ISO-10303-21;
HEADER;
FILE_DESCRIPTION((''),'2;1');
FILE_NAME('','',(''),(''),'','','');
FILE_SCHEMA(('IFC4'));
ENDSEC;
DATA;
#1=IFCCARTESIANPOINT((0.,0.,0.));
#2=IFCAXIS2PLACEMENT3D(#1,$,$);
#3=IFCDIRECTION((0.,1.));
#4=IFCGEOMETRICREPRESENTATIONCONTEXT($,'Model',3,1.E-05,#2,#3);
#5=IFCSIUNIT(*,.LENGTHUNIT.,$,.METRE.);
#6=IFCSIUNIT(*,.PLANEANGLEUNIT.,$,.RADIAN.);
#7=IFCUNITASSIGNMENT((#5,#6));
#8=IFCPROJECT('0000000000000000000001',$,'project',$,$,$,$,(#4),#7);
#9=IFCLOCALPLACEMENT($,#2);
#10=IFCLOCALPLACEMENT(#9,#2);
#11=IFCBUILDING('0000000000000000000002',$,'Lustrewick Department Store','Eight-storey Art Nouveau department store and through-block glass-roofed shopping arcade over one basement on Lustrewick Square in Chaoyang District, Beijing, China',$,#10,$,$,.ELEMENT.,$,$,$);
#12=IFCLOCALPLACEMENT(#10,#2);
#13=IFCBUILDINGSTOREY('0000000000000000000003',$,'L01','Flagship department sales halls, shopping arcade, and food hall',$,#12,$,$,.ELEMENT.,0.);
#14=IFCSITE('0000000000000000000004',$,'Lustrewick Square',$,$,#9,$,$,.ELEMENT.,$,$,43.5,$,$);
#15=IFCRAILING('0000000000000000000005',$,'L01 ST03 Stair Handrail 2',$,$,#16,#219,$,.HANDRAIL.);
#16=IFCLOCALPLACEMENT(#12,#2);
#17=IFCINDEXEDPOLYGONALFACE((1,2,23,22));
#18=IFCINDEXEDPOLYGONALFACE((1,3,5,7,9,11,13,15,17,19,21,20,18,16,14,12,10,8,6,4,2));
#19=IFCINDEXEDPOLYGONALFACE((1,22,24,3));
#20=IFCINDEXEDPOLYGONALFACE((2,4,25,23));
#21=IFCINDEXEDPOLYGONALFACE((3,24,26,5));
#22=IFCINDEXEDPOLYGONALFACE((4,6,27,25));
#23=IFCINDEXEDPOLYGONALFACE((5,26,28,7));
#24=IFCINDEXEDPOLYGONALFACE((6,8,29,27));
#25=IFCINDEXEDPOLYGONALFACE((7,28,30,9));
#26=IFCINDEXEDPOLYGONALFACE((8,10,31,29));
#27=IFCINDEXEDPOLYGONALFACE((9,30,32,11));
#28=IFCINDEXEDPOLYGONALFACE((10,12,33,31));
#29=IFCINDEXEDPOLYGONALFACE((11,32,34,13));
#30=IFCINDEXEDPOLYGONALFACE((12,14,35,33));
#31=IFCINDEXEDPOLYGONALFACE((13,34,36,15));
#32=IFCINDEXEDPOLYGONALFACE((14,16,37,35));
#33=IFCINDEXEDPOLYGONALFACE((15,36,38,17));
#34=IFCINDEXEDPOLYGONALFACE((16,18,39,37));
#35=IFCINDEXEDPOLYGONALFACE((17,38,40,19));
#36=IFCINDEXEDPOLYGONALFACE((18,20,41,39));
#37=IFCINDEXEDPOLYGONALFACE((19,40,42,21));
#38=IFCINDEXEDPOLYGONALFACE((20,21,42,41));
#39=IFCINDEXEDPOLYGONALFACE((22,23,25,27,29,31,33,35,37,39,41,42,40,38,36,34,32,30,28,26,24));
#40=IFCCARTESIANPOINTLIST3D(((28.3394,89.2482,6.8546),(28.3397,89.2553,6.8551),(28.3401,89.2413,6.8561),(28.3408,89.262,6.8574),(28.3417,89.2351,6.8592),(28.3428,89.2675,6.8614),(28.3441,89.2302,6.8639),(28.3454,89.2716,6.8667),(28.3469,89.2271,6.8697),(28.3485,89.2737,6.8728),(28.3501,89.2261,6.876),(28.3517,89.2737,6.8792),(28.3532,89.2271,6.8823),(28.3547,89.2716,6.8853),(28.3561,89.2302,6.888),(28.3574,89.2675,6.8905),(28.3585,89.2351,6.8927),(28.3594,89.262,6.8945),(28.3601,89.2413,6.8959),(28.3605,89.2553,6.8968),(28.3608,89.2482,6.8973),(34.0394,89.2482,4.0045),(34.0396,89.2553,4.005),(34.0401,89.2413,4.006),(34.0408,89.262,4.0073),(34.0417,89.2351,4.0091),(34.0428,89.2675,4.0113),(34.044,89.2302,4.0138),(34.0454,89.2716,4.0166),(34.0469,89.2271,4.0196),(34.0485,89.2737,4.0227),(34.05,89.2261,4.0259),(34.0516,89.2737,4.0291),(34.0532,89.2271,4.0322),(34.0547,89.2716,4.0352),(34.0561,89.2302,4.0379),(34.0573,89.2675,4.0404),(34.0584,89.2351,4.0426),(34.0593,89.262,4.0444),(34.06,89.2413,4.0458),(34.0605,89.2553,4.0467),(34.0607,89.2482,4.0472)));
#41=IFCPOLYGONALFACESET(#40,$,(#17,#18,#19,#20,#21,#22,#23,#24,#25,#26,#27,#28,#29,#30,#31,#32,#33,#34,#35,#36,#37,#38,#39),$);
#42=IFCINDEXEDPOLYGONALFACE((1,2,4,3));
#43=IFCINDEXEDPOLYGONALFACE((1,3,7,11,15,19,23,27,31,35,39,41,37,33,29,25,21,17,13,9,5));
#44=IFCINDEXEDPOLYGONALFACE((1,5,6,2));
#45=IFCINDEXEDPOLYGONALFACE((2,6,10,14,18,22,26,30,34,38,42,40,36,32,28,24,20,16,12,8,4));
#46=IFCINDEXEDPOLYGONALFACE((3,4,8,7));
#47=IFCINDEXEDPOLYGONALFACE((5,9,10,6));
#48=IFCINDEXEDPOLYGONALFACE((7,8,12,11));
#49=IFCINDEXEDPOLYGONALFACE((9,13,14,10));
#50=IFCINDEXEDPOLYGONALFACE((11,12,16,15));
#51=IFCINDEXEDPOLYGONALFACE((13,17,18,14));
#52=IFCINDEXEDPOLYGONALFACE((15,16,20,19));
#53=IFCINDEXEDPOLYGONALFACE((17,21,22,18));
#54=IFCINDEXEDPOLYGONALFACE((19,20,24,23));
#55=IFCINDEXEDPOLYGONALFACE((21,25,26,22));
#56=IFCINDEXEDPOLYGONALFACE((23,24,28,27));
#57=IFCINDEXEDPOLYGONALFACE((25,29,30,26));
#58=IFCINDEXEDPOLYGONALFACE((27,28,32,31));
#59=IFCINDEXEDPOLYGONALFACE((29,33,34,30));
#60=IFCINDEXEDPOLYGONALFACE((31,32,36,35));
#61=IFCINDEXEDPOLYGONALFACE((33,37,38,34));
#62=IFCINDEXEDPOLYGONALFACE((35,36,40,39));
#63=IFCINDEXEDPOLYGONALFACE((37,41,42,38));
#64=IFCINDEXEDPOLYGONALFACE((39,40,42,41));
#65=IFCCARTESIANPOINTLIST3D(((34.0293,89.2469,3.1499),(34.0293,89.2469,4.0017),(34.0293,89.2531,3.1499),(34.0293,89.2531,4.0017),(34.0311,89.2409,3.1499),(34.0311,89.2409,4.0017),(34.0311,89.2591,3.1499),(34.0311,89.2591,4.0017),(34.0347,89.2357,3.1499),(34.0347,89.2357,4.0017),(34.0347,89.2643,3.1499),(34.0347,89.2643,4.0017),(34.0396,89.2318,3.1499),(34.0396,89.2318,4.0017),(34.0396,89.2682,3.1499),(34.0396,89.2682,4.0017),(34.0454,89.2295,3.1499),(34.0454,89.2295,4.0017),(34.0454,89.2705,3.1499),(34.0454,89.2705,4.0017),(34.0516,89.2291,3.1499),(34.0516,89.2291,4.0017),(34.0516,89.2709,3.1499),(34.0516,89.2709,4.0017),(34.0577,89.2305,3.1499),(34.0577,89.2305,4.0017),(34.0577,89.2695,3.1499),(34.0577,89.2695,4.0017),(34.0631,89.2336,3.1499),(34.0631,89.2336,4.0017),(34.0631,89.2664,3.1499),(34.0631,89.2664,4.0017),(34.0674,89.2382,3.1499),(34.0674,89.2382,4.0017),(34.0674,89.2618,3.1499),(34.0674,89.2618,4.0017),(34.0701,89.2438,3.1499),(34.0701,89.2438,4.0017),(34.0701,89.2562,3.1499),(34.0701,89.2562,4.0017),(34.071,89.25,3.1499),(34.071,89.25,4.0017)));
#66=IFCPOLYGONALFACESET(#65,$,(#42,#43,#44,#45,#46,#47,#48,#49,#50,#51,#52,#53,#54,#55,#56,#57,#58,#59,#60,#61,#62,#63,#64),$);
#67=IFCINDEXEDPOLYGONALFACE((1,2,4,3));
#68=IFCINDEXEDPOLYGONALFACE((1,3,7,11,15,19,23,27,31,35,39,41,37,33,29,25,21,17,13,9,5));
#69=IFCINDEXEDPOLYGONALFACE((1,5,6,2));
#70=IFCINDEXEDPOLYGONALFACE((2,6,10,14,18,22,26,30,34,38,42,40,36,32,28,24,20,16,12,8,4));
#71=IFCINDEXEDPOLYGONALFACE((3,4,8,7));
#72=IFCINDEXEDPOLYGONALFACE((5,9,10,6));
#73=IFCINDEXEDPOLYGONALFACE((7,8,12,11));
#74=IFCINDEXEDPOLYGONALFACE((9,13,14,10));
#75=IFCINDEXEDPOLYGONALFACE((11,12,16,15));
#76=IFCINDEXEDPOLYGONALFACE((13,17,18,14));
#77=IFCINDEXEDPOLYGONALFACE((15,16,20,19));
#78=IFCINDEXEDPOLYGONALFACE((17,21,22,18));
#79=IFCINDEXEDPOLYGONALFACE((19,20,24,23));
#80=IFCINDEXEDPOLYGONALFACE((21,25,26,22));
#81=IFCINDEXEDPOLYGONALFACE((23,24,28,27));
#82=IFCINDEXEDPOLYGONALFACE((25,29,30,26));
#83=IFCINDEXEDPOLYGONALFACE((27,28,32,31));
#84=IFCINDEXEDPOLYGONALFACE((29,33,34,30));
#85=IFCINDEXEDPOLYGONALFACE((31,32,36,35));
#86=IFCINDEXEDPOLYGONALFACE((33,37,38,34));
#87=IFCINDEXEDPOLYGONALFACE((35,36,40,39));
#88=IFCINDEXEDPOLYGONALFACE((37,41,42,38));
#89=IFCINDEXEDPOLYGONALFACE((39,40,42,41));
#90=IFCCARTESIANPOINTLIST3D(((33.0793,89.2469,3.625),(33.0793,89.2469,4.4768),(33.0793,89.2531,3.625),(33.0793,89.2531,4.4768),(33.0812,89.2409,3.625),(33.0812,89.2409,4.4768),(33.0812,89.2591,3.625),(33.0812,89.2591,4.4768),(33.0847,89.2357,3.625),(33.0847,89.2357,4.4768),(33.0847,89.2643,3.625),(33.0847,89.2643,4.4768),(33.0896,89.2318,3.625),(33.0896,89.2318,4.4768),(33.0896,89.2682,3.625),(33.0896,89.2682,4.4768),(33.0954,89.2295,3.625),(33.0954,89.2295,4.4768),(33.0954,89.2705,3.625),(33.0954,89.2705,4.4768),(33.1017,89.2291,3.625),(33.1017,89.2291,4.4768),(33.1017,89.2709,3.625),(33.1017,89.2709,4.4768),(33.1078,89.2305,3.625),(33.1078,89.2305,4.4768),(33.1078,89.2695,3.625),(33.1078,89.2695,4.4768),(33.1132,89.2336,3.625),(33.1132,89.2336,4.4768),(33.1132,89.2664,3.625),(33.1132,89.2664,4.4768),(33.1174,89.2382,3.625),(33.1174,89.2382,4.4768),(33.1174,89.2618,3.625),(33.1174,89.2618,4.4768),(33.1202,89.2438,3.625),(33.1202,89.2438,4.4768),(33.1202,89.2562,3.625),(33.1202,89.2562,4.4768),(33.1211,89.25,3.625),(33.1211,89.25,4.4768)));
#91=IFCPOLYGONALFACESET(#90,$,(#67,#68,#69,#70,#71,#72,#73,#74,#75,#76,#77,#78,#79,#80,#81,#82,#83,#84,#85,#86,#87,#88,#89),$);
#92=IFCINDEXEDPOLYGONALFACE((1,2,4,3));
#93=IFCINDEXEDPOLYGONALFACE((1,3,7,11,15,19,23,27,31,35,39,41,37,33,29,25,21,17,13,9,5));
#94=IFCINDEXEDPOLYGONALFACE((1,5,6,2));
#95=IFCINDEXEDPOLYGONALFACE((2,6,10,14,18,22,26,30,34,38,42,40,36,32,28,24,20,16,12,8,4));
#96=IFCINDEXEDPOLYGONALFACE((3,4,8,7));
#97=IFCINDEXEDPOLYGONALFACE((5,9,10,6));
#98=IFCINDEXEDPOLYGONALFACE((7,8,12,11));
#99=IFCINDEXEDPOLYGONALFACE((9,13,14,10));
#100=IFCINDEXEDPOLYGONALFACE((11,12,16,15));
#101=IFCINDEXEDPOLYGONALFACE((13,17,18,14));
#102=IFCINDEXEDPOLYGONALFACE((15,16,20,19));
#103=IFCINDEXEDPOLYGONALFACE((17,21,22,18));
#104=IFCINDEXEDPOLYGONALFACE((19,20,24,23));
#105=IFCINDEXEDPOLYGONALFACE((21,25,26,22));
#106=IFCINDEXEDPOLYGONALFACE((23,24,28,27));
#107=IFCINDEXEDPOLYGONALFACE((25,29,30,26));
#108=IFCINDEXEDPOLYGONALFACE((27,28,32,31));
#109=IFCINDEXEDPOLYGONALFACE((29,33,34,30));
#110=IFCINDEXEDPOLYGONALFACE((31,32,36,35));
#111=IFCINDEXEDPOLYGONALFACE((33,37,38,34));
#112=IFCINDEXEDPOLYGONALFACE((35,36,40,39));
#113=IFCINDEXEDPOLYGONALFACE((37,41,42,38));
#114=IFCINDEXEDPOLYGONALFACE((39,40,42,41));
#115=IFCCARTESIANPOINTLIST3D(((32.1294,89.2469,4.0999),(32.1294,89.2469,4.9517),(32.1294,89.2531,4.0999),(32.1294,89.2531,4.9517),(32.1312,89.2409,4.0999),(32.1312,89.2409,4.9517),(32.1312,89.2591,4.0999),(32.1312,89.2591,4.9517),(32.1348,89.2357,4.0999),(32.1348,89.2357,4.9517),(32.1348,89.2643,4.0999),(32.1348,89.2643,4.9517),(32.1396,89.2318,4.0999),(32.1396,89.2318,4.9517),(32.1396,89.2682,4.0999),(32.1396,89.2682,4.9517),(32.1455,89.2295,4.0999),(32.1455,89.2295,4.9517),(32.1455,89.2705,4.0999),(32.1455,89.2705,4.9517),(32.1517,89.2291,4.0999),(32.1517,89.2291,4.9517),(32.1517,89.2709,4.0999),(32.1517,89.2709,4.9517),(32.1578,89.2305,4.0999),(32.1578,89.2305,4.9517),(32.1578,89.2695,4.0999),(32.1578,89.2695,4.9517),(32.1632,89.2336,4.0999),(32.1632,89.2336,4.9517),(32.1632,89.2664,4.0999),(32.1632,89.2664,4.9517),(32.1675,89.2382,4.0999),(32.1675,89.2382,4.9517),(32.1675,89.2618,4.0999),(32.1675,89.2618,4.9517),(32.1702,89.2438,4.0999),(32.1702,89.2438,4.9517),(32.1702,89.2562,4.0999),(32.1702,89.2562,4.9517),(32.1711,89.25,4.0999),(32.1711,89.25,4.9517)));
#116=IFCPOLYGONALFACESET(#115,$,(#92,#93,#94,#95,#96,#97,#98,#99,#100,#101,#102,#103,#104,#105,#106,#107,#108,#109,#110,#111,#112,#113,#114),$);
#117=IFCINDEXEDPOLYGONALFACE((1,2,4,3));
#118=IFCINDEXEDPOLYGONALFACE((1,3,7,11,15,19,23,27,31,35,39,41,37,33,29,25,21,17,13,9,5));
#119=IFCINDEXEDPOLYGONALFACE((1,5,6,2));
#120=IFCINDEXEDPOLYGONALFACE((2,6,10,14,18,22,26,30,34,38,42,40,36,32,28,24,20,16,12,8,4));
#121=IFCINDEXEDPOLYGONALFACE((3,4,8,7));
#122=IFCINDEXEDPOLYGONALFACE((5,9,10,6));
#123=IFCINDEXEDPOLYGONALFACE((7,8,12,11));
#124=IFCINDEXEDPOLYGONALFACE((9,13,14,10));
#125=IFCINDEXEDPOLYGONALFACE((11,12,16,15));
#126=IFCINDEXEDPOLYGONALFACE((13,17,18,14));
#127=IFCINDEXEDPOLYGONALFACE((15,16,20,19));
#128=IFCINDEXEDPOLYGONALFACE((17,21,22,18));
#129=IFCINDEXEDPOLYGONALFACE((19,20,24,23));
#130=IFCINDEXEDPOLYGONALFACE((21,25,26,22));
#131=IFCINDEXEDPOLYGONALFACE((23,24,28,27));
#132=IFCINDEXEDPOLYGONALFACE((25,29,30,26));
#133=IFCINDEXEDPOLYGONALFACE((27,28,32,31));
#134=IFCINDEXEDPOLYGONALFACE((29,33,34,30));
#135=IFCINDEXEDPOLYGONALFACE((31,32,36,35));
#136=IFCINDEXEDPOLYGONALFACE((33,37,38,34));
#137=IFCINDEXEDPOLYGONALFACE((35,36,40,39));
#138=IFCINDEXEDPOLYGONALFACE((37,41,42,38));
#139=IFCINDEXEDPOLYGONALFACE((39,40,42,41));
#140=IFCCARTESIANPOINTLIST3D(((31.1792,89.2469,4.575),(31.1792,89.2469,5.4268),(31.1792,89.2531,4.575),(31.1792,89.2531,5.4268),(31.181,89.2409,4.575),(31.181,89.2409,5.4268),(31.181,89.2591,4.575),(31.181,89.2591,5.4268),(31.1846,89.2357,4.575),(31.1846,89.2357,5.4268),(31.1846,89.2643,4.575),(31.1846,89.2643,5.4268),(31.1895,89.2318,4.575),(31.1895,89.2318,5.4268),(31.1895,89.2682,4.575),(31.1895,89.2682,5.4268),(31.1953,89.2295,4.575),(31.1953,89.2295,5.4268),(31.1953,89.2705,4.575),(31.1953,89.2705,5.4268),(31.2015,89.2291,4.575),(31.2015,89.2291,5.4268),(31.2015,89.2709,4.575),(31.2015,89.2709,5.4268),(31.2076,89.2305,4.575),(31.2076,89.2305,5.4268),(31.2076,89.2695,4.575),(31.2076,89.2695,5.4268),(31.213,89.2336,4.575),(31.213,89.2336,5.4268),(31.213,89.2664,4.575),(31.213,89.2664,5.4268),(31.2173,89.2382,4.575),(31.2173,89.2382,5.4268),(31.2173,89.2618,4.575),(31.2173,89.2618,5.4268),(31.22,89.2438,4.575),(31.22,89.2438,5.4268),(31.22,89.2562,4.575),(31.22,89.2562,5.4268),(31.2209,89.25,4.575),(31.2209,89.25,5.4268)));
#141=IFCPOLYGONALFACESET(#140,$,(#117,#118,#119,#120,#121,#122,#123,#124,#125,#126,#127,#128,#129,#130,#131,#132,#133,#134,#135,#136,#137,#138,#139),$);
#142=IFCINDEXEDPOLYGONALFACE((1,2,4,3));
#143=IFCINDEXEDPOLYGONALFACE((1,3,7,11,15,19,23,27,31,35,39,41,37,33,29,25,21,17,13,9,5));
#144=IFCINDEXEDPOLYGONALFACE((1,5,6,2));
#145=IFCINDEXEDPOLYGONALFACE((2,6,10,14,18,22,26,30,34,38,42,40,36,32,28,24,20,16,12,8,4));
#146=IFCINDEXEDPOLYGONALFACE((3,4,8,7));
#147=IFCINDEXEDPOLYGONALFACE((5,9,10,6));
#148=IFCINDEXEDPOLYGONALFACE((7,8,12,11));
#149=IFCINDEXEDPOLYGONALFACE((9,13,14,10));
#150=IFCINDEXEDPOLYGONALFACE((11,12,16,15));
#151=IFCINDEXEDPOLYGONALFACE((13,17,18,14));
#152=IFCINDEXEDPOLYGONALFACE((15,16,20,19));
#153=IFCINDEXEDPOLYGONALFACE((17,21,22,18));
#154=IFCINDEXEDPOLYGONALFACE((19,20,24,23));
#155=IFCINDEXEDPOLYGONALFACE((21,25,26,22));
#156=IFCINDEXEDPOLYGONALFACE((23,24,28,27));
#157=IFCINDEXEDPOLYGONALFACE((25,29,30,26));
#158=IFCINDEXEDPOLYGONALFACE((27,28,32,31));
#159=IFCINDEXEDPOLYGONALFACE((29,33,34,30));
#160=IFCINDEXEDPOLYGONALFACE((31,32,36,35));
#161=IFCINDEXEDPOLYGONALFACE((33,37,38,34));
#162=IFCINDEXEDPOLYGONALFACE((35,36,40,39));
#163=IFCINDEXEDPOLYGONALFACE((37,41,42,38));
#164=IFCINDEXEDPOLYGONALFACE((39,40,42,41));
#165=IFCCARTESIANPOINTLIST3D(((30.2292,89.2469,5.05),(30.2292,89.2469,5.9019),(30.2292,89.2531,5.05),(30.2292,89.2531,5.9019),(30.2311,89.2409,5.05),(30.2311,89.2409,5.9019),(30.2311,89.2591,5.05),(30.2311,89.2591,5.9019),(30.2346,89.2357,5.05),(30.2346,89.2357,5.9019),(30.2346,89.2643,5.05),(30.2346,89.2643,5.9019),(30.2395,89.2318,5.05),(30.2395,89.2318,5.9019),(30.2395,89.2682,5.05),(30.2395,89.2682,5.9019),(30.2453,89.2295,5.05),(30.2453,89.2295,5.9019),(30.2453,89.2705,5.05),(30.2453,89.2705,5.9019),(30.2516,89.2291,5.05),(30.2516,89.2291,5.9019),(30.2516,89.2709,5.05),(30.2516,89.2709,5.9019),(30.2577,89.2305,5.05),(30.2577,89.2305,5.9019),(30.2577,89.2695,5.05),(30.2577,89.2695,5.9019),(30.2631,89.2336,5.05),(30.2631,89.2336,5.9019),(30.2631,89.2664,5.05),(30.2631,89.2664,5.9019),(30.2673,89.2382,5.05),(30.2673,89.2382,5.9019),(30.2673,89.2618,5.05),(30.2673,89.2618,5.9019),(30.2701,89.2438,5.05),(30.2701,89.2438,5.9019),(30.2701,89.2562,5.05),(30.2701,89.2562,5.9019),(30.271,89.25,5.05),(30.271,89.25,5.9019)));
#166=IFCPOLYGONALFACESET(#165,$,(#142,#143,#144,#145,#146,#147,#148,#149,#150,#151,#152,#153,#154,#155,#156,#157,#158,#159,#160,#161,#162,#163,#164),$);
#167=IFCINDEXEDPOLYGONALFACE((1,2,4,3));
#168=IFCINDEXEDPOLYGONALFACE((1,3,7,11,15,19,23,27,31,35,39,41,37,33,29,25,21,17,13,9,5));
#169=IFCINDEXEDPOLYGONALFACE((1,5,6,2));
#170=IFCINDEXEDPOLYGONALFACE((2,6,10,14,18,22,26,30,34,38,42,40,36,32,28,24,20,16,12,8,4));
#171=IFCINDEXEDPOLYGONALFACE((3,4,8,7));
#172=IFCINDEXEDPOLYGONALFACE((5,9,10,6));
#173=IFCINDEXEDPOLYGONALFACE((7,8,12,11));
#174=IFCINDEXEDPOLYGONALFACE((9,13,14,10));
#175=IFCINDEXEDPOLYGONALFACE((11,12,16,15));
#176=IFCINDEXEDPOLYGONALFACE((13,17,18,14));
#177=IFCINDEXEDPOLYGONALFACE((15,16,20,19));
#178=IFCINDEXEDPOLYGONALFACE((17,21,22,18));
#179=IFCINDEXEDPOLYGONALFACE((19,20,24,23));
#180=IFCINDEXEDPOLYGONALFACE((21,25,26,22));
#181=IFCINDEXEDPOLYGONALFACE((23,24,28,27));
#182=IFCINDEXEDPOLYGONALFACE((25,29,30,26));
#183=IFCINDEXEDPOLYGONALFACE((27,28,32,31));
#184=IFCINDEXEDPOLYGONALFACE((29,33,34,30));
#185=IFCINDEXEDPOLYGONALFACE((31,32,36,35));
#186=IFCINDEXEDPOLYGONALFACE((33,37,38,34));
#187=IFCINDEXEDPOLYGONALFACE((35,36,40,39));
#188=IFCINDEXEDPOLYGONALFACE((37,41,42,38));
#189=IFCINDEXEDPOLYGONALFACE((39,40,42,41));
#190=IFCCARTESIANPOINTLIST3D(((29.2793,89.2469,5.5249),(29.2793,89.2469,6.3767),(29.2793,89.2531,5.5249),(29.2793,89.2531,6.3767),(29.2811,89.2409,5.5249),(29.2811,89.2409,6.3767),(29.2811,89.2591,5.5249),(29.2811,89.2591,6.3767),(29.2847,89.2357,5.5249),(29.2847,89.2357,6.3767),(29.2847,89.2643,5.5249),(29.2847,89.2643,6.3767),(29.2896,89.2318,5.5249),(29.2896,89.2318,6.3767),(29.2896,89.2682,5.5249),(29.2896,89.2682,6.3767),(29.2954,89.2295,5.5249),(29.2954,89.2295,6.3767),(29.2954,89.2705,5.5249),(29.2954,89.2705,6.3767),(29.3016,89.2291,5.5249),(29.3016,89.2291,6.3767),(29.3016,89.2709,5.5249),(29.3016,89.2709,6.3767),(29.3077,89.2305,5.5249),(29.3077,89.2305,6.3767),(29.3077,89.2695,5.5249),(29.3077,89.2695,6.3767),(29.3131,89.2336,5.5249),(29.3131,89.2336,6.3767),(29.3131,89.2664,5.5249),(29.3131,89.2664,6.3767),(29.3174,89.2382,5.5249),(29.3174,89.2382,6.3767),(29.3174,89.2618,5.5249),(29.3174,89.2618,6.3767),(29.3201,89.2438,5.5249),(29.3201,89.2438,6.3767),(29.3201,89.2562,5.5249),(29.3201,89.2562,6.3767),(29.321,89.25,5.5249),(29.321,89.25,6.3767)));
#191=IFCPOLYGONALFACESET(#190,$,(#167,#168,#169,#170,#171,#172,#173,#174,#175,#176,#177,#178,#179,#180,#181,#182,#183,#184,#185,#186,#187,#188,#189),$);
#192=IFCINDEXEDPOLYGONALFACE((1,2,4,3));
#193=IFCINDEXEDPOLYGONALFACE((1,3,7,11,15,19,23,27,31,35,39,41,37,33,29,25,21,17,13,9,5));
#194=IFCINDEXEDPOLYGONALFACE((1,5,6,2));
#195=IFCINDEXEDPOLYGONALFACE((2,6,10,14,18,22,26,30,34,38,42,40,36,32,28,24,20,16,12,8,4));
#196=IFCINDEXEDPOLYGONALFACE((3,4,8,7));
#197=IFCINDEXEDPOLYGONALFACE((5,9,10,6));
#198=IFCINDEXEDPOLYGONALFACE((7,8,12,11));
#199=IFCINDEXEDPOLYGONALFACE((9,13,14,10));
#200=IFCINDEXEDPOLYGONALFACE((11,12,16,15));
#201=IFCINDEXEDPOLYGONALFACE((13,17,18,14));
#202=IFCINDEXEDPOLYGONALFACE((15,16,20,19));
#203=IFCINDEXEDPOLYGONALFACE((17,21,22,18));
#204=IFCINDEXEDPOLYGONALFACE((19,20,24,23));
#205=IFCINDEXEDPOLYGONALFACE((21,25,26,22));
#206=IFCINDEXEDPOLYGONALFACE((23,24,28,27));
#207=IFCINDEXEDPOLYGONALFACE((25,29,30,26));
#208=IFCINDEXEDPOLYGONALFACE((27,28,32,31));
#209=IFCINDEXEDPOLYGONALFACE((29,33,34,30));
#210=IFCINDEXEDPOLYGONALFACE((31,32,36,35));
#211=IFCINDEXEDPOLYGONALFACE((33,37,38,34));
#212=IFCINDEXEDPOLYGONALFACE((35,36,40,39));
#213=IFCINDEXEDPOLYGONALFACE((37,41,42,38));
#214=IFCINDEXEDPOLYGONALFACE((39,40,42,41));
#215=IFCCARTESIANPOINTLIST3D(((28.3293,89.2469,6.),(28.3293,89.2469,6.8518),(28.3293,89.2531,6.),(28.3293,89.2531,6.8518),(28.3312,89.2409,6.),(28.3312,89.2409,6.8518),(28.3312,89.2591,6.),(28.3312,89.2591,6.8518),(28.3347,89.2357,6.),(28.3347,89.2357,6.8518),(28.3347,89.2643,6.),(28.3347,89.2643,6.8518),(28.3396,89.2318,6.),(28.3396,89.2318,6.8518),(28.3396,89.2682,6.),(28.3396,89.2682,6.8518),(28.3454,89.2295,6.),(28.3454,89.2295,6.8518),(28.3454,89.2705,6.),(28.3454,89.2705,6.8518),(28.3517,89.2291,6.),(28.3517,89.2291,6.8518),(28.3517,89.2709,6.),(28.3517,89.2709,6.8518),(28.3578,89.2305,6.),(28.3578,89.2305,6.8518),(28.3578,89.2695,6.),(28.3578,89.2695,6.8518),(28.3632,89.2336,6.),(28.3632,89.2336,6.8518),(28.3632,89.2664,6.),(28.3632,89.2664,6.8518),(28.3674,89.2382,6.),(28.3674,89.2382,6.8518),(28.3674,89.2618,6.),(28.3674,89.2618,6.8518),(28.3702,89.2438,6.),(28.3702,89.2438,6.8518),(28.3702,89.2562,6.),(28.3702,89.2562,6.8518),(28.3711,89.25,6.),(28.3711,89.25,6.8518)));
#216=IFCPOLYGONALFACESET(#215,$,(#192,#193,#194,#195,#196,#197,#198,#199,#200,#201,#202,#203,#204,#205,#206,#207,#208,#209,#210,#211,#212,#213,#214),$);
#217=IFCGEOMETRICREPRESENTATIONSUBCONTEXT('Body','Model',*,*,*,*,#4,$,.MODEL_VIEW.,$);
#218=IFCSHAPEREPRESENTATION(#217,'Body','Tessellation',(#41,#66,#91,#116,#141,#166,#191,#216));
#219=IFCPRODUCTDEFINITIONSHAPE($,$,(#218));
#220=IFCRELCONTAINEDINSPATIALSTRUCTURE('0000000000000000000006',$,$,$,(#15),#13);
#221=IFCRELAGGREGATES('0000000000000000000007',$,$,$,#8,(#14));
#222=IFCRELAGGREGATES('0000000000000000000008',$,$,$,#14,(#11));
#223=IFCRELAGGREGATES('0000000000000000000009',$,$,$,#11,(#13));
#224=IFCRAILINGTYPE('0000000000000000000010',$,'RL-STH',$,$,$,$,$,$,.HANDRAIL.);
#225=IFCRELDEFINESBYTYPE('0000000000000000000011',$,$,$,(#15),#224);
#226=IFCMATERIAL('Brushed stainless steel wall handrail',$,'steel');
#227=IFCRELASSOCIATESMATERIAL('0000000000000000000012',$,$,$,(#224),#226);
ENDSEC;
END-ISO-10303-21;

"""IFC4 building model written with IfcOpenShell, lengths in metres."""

from ifc_helpers import new_model, si_unit, direction, frame, origin, origin_2d, place, context, subcontext, project, spatial, circle, extrude, material, type_object, element, save


model = new_model("IFC4")

# Units and contexts
model_context = context("Model", 3, precision=1e-05, world=origin(), true_north=direction((0.0, 1.0)))
body_context = subcontext(model_context, "Body", "Model", "MODEL_VIEW")
ifc_project = project(units=[si_unit("LENGTHUNIT", "METRE"), si_unit("PLANEANGLEUNIT", "RADIAN")], contexts=[model_context])

# Site, building, storey
site_placement = place(None, origin())
site = spatial("IfcSite", under=ifc_project, at=site_placement, Name="Lustrewick Square", CompositionType="ELEMENT", RefElevation=43.5)
building_placement = place(site_placement, origin())
building = spatial("IfcBuilding", under=site, at=building_placement, Name="Lustrewick Department Store", Description="Eight-storey Art Nouveau department store and through-block glass-roofed shopping arcade over one basement on Lustrewick Square in Chaoyang District, Beijing, China", CompositionType="ELEMENT")
storey_placement = place(building_placement, origin())
storey = spatial("IfcBuildingStorey", under=building, at=storey_placement, Name="L01", Description="Flagship department sales halls, shopping arcade, and food hall", CompositionType="ELEMENT", Elevation=0.0)

# Railing
ifc_material_1 = material(Name="Brushed stainless steel wall handrail", Category="steel")
railing_type_1 = type_object("IfcRailingType", Name="RL-STH", PredefinedType="HANDRAIL", material=ifc_material_1)
railing_1_placement = place(storey_placement, frame((34.05, 89.25, 3.1499)))
element("IfcRailing", 1, at=railing_1_placement, inside=storey, type_object=railing_type_1, Name="L01 ST03 Stair Handrail 2", PredefinedType="HANDRAIL", context=body_context, shape_type="SweptSolid", body=[
    extrude(circle(Radius=0.0239, at=origin_2d()), frame((0.0, 0.0, 0.876), z_axis=(-0.89442, 0.0, 0.447229), x_axis=(0.0, -1.0, 0.0)), (0.0, 0.0, 1.0), 6.3728),
    extrude(circle(Radius=0.021, at=origin_2d()), origin(), (0.0, 0.0, 1.0), 0.8518),
    extrude(circle(Radius=0.021, at=origin_2d()), frame((-0.95, 0.0, 0.4751)), (0.0, 0.0, 1.0), 0.8518),
    extrude(circle(Radius=0.021, at=origin_2d()), frame((-1.8999, 0.0, 0.95)), (0.0, 0.0, 1.0), 0.8518),
    extrude(circle(Radius=0.021, at=origin_2d()), frame((-2.8501, 0.0, 1.425)), (0.0, 0.0, 1.0), 0.8518),
    extrude(circle(Radius=0.021, at=origin_2d()), frame((-3.8, 0.0, 1.9001)), (0.0, 0.0, 1.0), 0.8518),
    extrude(circle(Radius=0.021, at=origin_2d()), frame((-4.75, 0.0, 2.375)), (0.0, 0.0, 1.0), 0.8518),
    extrude(circle(Radius=0.021, at=origin_2d()), frame((-5.7, 0.0, 2.8501)), (0.0, 0.0, 1.0), 0.8518),
])

save(model, "model.ifc")
